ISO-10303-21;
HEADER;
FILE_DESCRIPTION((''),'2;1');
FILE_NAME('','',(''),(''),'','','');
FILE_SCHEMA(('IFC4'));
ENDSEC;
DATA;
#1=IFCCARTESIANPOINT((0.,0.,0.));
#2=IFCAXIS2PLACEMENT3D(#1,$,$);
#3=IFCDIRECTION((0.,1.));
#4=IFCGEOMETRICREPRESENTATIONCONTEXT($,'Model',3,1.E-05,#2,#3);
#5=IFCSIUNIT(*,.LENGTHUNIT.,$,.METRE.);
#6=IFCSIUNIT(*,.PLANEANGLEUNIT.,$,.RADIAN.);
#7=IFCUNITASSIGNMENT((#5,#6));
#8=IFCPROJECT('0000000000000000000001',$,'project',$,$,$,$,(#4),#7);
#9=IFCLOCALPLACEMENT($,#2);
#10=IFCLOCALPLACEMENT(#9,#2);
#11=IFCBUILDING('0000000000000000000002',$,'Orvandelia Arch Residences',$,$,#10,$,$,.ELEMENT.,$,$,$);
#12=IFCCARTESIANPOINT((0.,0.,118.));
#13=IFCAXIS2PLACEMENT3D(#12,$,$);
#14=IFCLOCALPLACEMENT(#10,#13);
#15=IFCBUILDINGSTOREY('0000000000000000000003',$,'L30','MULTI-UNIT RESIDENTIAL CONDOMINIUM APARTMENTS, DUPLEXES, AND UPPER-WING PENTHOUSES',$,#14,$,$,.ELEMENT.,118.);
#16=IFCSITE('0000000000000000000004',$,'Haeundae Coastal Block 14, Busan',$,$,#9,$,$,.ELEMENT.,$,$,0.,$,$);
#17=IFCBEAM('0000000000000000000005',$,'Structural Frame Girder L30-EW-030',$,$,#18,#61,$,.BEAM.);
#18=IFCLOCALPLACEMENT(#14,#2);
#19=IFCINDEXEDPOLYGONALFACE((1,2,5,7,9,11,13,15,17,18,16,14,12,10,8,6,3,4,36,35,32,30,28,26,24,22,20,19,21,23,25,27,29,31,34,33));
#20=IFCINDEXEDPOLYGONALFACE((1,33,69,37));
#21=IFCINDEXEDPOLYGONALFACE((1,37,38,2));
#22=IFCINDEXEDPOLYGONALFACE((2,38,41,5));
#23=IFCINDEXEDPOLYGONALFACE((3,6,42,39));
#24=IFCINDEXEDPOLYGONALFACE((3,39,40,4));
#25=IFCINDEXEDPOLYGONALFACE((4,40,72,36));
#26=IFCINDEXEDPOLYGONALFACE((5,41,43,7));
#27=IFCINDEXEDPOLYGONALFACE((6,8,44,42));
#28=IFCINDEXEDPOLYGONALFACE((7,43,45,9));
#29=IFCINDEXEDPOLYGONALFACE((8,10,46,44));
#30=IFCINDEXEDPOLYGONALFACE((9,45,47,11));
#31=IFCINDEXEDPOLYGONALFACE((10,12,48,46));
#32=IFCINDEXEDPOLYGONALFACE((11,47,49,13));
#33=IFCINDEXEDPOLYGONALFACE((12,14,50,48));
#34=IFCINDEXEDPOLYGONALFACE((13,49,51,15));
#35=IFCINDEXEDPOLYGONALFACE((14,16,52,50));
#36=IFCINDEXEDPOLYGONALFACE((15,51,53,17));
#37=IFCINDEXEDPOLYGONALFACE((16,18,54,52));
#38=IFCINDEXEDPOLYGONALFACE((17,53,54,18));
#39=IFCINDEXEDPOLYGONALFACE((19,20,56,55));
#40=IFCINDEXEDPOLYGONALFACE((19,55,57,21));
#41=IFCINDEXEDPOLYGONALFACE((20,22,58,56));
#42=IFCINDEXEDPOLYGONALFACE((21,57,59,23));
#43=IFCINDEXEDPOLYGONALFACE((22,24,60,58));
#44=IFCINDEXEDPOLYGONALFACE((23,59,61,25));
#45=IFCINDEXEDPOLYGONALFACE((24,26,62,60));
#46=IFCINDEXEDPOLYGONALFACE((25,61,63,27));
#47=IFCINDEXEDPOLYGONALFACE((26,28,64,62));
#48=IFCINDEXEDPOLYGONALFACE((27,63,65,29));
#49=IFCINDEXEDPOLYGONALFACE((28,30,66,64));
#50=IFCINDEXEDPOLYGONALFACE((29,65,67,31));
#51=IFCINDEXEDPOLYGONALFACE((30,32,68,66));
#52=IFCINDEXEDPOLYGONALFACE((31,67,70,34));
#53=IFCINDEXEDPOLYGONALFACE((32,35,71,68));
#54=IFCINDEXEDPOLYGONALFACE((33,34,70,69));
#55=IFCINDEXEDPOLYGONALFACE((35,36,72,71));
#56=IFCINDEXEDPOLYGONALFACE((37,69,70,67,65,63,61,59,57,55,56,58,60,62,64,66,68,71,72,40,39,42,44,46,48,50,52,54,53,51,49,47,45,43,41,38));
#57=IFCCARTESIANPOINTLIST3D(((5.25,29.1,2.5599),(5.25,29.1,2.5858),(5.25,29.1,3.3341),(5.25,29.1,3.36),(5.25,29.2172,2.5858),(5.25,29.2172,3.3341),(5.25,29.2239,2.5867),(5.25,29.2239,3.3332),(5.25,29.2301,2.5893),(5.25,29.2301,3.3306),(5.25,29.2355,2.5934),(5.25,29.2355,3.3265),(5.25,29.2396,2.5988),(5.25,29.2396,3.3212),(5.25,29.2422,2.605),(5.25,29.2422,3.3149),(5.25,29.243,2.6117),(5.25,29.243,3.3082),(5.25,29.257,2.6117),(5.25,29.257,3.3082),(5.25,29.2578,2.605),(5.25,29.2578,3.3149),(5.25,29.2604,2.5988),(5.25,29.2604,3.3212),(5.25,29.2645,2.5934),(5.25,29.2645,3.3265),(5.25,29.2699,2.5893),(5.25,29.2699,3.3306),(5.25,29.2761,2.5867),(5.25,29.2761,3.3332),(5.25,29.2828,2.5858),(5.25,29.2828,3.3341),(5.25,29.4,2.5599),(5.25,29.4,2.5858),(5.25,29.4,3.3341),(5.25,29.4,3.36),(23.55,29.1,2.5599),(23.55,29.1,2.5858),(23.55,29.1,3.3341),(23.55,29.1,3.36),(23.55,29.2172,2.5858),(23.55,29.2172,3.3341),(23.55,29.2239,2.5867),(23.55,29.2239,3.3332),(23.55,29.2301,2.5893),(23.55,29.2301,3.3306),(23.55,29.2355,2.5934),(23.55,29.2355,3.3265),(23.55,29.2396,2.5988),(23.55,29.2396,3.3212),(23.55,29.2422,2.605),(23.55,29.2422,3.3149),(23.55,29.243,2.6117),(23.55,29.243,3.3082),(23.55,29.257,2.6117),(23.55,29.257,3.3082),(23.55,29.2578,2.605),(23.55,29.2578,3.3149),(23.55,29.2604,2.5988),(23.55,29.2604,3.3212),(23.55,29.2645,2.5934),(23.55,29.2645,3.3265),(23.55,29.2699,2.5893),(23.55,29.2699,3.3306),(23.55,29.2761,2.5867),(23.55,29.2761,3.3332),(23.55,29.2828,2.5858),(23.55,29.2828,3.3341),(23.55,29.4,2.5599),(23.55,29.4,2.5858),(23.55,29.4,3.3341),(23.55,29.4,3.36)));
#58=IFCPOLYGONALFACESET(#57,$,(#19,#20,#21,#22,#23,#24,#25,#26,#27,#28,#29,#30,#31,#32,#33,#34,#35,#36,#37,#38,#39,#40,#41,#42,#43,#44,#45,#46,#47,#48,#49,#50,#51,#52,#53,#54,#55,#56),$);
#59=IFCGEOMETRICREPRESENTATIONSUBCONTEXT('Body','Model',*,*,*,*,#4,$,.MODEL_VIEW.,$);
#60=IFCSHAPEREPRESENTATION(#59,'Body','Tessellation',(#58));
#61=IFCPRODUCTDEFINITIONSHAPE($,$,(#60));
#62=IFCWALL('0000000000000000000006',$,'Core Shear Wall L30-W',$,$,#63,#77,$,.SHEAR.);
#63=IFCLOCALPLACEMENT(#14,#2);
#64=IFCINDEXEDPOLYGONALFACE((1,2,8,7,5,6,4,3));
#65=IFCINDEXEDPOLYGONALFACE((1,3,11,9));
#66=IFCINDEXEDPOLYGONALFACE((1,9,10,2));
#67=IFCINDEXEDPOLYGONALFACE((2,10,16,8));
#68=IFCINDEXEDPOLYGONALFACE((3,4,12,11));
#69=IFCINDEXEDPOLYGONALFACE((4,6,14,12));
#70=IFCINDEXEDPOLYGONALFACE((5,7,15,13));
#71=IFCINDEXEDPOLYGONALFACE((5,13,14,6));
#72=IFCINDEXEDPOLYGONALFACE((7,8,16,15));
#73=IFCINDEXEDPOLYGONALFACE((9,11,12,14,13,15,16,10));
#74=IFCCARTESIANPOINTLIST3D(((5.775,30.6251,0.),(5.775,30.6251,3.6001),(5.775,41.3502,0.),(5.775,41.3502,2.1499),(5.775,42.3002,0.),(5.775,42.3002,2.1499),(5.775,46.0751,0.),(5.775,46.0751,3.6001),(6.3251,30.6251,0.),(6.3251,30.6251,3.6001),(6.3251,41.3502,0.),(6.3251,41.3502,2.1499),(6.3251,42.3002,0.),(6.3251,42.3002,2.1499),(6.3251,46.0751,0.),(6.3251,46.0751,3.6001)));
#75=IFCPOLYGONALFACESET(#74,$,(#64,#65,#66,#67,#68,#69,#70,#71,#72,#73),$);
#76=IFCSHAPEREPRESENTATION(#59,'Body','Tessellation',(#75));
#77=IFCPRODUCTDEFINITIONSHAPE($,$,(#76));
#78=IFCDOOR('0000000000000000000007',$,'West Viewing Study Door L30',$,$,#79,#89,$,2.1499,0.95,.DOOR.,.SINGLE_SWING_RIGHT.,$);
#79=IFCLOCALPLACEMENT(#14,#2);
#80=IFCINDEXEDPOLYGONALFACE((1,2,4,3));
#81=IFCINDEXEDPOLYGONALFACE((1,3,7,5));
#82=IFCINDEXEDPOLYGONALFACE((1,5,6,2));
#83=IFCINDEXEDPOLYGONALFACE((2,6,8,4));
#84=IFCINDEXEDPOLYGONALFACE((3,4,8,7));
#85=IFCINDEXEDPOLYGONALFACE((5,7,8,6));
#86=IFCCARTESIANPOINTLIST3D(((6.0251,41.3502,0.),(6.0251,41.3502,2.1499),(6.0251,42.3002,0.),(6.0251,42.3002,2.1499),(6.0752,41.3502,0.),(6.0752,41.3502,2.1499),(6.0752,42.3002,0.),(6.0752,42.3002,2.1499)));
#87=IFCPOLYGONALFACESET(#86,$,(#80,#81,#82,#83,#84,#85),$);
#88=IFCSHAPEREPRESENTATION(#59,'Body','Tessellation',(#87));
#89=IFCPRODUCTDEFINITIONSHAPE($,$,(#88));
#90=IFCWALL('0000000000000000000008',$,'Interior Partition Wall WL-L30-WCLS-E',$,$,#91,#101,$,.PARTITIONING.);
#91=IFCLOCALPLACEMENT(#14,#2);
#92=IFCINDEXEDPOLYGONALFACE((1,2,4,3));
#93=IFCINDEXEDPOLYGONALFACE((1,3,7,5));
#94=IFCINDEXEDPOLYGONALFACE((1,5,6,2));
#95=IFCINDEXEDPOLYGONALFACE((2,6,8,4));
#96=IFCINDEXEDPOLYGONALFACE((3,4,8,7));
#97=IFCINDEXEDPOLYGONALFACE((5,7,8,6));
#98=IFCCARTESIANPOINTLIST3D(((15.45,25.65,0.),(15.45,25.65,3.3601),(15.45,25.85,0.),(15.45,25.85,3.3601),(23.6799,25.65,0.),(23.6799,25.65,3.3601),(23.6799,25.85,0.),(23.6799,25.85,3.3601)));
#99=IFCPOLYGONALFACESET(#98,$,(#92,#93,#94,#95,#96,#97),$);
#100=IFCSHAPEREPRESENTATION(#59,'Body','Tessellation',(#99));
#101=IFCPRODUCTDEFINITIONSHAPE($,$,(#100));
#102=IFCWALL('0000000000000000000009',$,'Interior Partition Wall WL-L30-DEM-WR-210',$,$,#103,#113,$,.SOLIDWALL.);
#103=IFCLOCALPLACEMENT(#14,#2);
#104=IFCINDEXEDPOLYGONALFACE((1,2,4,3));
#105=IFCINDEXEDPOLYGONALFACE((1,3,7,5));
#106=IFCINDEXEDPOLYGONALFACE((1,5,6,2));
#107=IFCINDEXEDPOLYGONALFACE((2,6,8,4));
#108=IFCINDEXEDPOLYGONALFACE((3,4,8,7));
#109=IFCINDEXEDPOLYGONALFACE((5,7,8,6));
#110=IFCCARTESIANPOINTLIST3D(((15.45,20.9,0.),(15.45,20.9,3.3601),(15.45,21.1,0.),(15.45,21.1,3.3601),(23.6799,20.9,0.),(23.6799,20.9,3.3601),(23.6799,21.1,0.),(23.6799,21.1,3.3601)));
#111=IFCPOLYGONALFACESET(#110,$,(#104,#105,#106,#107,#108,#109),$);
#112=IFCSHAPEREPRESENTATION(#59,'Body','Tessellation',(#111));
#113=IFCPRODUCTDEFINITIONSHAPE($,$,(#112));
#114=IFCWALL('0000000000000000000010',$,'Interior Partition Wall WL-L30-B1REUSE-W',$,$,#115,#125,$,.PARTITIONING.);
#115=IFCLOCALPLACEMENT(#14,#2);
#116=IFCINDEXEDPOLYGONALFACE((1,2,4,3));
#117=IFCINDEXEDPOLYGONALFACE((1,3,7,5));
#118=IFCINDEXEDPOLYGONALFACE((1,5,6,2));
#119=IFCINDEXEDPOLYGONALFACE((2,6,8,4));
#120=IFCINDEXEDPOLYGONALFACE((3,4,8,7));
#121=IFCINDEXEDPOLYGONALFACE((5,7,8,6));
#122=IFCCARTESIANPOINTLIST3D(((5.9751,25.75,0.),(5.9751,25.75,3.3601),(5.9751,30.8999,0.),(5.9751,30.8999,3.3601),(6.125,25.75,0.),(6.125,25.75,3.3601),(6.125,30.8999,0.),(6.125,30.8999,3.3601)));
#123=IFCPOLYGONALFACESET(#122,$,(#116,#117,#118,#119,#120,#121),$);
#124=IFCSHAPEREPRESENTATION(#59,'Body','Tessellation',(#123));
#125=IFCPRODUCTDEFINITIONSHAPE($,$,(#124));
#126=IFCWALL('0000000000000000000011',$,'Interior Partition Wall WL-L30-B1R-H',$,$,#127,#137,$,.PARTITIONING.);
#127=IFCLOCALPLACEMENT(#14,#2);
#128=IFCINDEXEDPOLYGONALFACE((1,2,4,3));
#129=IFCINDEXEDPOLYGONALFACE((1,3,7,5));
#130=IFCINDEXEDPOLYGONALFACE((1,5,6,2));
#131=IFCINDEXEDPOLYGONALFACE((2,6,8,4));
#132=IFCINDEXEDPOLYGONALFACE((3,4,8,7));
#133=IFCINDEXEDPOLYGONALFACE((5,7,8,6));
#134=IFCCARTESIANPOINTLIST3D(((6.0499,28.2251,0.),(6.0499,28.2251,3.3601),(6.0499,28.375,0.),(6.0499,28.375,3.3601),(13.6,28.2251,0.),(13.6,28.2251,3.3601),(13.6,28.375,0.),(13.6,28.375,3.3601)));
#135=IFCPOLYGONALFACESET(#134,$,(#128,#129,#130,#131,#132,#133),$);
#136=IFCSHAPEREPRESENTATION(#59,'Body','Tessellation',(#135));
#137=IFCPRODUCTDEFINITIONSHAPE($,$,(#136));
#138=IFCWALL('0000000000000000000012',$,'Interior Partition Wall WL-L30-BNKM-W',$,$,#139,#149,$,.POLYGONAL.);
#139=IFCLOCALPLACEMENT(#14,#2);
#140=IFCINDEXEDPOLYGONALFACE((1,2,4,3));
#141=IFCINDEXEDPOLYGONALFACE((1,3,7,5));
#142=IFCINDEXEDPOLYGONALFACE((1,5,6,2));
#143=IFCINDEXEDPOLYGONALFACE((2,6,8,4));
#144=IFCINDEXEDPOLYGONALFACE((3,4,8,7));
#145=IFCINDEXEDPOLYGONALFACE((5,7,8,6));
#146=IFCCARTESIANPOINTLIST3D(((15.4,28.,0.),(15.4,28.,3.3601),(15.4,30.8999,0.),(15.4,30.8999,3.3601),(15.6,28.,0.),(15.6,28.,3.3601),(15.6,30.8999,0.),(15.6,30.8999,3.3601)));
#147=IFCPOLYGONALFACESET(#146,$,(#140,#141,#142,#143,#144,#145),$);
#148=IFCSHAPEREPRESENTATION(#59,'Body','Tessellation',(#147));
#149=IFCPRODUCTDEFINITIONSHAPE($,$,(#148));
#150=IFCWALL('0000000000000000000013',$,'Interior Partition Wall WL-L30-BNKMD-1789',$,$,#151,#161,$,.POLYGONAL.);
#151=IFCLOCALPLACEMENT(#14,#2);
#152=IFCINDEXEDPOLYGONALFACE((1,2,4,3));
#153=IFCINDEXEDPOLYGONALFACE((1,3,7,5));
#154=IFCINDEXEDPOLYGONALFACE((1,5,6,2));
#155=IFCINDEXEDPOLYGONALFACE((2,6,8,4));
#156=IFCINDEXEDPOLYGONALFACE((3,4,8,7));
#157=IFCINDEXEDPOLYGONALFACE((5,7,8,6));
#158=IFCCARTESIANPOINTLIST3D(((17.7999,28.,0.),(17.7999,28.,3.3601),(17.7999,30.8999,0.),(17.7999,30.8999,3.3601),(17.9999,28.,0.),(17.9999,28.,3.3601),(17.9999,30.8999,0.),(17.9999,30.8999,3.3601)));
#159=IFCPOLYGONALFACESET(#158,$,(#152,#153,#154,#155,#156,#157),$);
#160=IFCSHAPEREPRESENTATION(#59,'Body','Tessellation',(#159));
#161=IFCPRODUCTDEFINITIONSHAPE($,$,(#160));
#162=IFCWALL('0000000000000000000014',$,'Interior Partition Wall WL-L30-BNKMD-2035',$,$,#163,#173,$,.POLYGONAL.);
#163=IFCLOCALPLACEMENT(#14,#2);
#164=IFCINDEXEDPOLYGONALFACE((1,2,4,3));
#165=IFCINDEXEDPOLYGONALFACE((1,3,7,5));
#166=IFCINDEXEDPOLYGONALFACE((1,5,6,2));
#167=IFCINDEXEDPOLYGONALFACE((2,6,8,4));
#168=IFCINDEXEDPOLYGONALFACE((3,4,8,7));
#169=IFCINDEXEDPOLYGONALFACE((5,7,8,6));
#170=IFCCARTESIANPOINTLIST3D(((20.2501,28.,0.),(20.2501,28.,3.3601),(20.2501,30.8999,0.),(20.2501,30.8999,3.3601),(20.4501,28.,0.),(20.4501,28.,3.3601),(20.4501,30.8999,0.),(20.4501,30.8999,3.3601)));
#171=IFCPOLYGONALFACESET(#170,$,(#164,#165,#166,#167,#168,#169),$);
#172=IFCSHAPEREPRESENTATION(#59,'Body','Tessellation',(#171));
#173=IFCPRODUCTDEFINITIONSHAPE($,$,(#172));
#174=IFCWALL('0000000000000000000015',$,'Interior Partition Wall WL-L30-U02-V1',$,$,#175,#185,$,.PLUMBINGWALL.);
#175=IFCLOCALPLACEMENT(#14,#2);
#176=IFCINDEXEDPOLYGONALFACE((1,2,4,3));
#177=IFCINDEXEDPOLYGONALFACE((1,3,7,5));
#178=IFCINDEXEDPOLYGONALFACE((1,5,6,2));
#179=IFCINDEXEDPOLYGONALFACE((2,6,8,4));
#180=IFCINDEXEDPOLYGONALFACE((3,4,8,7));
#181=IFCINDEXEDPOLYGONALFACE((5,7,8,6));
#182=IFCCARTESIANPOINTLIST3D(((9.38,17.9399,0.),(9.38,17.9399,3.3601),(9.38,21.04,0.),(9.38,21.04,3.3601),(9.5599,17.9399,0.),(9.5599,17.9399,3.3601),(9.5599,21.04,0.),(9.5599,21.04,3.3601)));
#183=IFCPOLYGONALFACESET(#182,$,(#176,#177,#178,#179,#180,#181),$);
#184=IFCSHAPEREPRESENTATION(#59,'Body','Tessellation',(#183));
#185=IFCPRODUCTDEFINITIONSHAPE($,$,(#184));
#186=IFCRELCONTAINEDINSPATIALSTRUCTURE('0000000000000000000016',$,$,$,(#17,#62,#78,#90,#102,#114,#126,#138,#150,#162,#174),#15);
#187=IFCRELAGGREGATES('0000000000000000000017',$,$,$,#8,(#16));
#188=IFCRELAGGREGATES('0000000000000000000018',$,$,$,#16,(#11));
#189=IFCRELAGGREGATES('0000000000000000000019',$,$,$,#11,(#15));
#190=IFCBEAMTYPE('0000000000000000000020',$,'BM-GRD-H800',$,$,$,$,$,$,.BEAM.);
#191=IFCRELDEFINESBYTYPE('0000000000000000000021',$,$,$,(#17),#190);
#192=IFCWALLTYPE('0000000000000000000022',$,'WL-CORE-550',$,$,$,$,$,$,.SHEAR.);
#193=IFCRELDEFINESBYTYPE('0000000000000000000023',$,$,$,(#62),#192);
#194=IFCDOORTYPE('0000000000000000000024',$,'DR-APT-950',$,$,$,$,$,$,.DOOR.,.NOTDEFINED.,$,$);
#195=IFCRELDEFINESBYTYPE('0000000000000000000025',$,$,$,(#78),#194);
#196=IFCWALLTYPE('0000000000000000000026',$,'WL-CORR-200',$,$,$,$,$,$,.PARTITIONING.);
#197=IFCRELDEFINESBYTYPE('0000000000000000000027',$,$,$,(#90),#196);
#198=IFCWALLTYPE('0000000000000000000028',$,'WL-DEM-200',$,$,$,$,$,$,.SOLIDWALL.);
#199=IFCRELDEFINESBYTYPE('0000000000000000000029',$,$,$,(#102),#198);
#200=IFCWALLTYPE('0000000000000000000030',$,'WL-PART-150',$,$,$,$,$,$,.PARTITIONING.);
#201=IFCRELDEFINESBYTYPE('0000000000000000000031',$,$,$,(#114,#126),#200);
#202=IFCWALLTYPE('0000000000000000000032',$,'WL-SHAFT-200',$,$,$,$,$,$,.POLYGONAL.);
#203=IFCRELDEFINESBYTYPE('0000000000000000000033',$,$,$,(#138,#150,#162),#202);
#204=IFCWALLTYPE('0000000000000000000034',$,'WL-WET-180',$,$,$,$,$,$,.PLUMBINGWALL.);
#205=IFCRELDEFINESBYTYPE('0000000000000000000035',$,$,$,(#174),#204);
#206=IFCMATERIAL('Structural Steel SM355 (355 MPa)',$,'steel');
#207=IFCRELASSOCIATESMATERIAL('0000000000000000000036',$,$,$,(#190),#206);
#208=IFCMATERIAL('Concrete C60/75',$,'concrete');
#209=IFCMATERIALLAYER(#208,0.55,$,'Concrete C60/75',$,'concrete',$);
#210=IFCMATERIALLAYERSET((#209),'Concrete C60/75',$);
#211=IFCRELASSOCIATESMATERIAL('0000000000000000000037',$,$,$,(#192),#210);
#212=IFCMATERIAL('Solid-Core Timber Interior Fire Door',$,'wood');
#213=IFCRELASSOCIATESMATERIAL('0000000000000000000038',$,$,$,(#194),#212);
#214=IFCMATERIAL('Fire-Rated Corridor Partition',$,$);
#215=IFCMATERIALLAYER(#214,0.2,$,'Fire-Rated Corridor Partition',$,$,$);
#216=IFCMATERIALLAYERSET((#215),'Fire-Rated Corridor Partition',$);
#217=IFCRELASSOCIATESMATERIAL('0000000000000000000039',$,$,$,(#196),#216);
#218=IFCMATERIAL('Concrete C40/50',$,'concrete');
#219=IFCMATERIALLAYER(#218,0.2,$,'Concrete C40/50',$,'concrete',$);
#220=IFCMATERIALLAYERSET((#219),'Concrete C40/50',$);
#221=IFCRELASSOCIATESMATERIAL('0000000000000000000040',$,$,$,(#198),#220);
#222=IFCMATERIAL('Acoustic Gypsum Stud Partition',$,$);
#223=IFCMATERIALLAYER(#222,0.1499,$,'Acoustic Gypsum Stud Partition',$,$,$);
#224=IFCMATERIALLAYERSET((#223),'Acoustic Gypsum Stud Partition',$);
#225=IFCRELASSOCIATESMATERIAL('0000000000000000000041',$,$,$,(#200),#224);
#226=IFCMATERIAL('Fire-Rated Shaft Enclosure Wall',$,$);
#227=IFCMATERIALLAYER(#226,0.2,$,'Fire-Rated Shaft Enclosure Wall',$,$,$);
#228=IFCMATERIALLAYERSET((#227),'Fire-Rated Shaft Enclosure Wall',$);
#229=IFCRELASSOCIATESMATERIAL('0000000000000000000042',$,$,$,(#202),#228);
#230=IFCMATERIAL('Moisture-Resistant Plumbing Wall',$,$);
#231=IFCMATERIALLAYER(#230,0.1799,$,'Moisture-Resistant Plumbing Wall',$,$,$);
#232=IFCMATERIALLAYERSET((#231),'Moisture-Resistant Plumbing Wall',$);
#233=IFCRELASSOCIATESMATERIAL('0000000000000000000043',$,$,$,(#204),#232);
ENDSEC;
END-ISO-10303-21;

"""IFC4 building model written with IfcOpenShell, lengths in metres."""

from ifc_helpers import new_model, si_unit, direction, frame, frame_2d, origin, origin_2d, place, context, subcontext, project, spatial, rectangle, i_section, extrude, material, layer, layer_set, material_profile, profile_set, type_object, element, fill, save


model = new_model("IFC4")

# Units and contexts
model_context = context("Model", 3, precision=1e-05, world=origin(), true_north=direction((0.0, 1.0)))
body_context = subcontext(model_context, "Body", "Model", "MODEL_VIEW")
ifc_project = project(units=[si_unit("LENGTHUNIT", "METRE"), si_unit("PLANEANGLEUNIT", "RADIAN")], contexts=[model_context])

# Site, building, storey
site_placement = place(None, origin())
site = spatial("IfcSite", under=ifc_project, at=site_placement, Name="Haeundae Coastal Block 14, Busan", CompositionType="ELEMENT", RefElevation=0.0)
building_placement = place(site_placement, origin())
building = spatial("IfcBuilding", under=site, at=building_placement, Name="Orvandelia Arch Residences", CompositionType="ELEMENT")
storey_placement = place(building_placement, frame((0.0, 0.0, 118.0)))
storey = spatial("IfcBuildingStorey", under=building, at=storey_placement, Name="L30", Description="MULTI-UNIT RESIDENTIAL CONDOMINIUM APARTMENTS, DUPLEXES, AND UPPER-WING PENTHOUSES", CompositionType="ELEMENT", Elevation=118.0)

# Beam
ifc_material_1 = material(Name="Structural Steel SM355 (355 MPa)", Category="steel")
ifc_material_profile = material_profile(ifc_material_1, i_section(OverallWidth=0.3, OverallDepth=0.8, WebThickness=0.0139, FlangeThickness=0.0259, FilletRadius=0.0259, at=origin_2d()), Name="Structural Steel SM355 (355 MPa)", Category="steel")
ifc_profile_set = profile_set([ifc_material_profile], Name="Structural Steel SM355 (355 MPa)")
beam_type = type_object("IfcBeamType", Name="BM-GRD-H800", PredefinedType="BEAM", material=ifc_profile_set)
beam_placement = place(storey_placement, frame((5.25, 29.25, 2.96), z_axis=(1.0, 0.0, 0.0), x_axis=(0.0, 1.0, 0.0)))
element("IfcBeam", 1, at=beam_placement, inside=storey, type_object=beam_type, Name="Structural Frame Girder L30-EW-030", PredefinedType="BEAM", context=body_context, shape_type="SweptSolid", body=[
    extrude(i_section(OverallWidth=0.3, OverallDepth=0.8, WebThickness=0.0139, FlangeThickness=0.0259, FilletRadius=0.0259, at=origin_2d()), origin(), (0.0, 0.0, 1.0), 18.3),
])

# Wall, opening, door
ifc_material_2 = material(Name="Concrete C60/75", Category="concrete")
ifc_layer_1 = layer(ifc_material_2, 0.55, Name="Concrete C60/75", Category="concrete")
ifc_layer_set_1 = layer_set([ifc_layer_1], Name="Concrete C60/75")
wall_type_1 = type_object("IfcWallType", Name="WL-CORE-550", PredefinedType="SHEAR", material=ifc_layer_set_1)
wall_1_placement = place(storey_placement, frame((6.05, 30.625, 0.0), z_axis=(0.0, 0.0, 1.0), x_axis=(0.0, 1.0, 0.0)))
wall_1 = element("IfcWall", 2, at=wall_1_placement, inside=storey, type_object=wall_type_1, Name="Core Shear Wall L30-W", PredefinedType="SHEAR", context=body_context, shape_type="SweptSolid", body=[
    extrude(rectangle(XDim=15.45, YDim=0.55, at=frame_2d((7.7251, 0.0))), origin(), (0.0, 0.0, 1.0), 3.6001),
])
opening_1_placement = place(wall_1_placement, frame((10.7251, 0.0, 0.0)))
opening_1 = element("IfcOpeningElement", 3, at=opening_1_placement, cuts=wall_1, PredefinedType="OPENING", context=body_context, shape_type="SweptSolid", body=[
    extrude(rectangle(XDim=0.95, YDim=2.1499, at=frame_2d((0.4751, 1.075))), frame((0.0, 0.2852, 0.0), z_axis=(0.0, -1.0, 0.0), x_axis=(1.0, 0.0, 0.0)), (0.0, 0.0, 1.0), 0.5701),
])
ifc_material_3 = material(Name="Solid-Core Timber Interior Fire Door", Category="wood")
door_type_1 = type_object("IfcDoorType", Name="DR-APT-950", OperationType="NOTDEFINED", PredefinedType="DOOR", material=ifc_material_3)
door_1_placement = place(opening_1_placement, origin())
door_1 = element("IfcDoor", 4, at=door_1_placement, inside=storey, type_object=door_type_1, Name="West Viewing Study Door L30", OperationType="SINGLE_SWING_RIGHT", OverallHeight=2.1499, OverallWidth=0.95, PredefinedType="DOOR", context=body_context, shape_type="SweptSolid", body=[
    extrude(rectangle(XDim=0.95, YDim=2.1499, at=frame_2d((0.4751, 1.075))), frame((0.0, 0.0249, 0.0), z_axis=(0.0, -1.0, 0.0), x_axis=(1.0, 0.0, 0.0)), (0.0, 0.0, 1.0), 0.05),
])
fill(opening_1, door_1)

# Walls
ifc_material_4 = material(Name="Fire-Rated Corridor Partition")
ifc_layer_2 = layer(ifc_material_4, 0.2, Name="Fire-Rated Corridor Partition")
ifc_layer_set_2 = layer_set([ifc_layer_2], Name="Fire-Rated Corridor Partition")
wall_type_2 = type_object("IfcWallType", Name="WL-CORR-200", PredefinedType="PARTITIONING", material=ifc_layer_set_2)
wall_2_placement = place(storey_placement, frame((15.45, 25.75, 0.0), z_axis=(0.0, 0.0, 1.0), x_axis=(1.0, 0.0, 0.0)))
element("IfcWall", 5, at=wall_2_placement, inside=storey, type_object=wall_type_2, Name="Interior Partition Wall WL-L30-WCLS-E", PredefinedType="PARTITIONING", context=body_context, shape_type="SweptSolid", body=[
    extrude(rectangle(XDim=8.23, YDim=0.2, at=frame_2d((4.115, 0.0))), origin(), (0.0, 0.0, 1.0), 3.3601),
])
ifc_material_5 = material(Name="Concrete C40/50", Category="concrete")
ifc_layer_3 = layer(ifc_material_5, 0.2, Name="Concrete C40/50", Category="concrete")
ifc_layer_set_3 = layer_set([ifc_layer_3], Name="Concrete C40/50")
wall_type_3 = type_object("IfcWallType", Name="WL-DEM-200", PredefinedType="SOLIDWALL", material=ifc_layer_set_3)
wall_3_placement = place(storey_placement, frame((15.45, 21.0, 0.0), z_axis=(0.0, 0.0, 1.0), x_axis=(1.0, 0.0, 0.0)))
element("IfcWall", 6, at=wall_3_placement, inside=storey, type_object=wall_type_3, Name="Interior Partition Wall WL-L30-DEM-WR-210", PredefinedType="SOLIDWALL", context=body_context, shape_type="SweptSolid", body=[
    extrude(rectangle(XDim=8.23, YDim=0.2, at=frame_2d((4.115, 0.0))), origin(), (0.0, 0.0, 1.0), 3.3601),
])
ifc_material_6 = material(Name="Acoustic Gypsum Stud Partition")
ifc_layer_4 = layer(ifc_material_6, 0.1499, Name="Acoustic Gypsum Stud Partition")
ifc_layer_set_4 = layer_set([ifc_layer_4], Name="Acoustic Gypsum Stud Partition")
wall_type_4 = type_object("IfcWallType", Name="WL-PART-150", PredefinedType="PARTITIONING", material=ifc_layer_set_4)
wall_4_placement = place(storey_placement, frame((6.05, 25.75, 0.0), z_axis=(0.0, 0.0, 1.0), x_axis=(0.0, 1.0, 0.0)))
element("IfcWall", 7, at=wall_4_placement, inside=storey, type_object=wall_type_4, Name="Interior Partition Wall WL-L30-B1REUSE-W", PredefinedType="PARTITIONING", context=body_context, shape_type="SweptSolid", body=[
    extrude(rectangle(XDim=5.1499, YDim=0.1499, at=frame_2d((2.575, 0.0))), origin(), (0.0, 0.0, 1.0), 3.3601),
])
wall_5_placement = place(storey_placement, frame((6.05, 28.3, 0.0), z_axis=(0.0, 0.0, 1.0), x_axis=(1.0, 0.0, 0.0)))
element("IfcWall", 8, at=wall_5_placement, inside=storey, type_object=wall_type_4, Name="Interior Partition Wall WL-L30-B1R-H", PredefinedType="PARTITIONING", context=body_context, shape_type="SweptSolid", body=[
    extrude(rectangle(XDim=7.55, YDim=0.1499, at=frame_2d((3.7749, 0.0))), origin(), (0.0, 0.0, 1.0), 3.3601),
])

# Shared definitions
ifc_material_7 = material(Name="Fire-Rated Shaft Enclosure Wall")
ifc_layer_5 = layer(ifc_material_7, 0.2, Name="Fire-Rated Shaft Enclosure Wall")
ifc_layer_set_5 = layer_set([ifc_layer_5], Name="Fire-Rated Shaft Enclosure Wall")
wall_type_5 = type_object("IfcWallType", Name="WL-SHAFT-200", PredefinedType="POLYGONAL", material=ifc_layer_set_5)

# Walls
for number, where, z_axis, x_axis, name in (
    (9, (15.5, 28.0, 0.0), (0.0, 0.0, 1.0), (0.0, 1.0, 0.0), "Interior Partition Wall WL-L30-BNKM-W"),
    (10, (17.8999, 28.0, 0.0), (0.0, 0.0, 1.0), (0.0, 1.0, 0.0), "Interior Partition Wall WL-L30-BNKMD-1789"),
    (11, (20.3501, 28.0, 0.0), (0.0, 0.0, 1.0), (0.0, 1.0, 0.0), "Interior Partition Wall WL-L30-BNKMD-2035"),
):
    element("IfcWall", number, at=place(storey_placement, frame(where, z_axis=z_axis, x_axis=x_axis)), inside=storey, type_object=wall_type_5, Name=name, PredefinedType="POLYGONAL", context=body_context, shape_type="SweptSolid", body=[
        extrude(rectangle(XDim=2.8999, YDim=0.2, at=frame_2d((1.45, 0.0))), origin(), (0.0, 0.0, 1.0), 3.3601),
    ])
ifc_material_8 = material(Name="Moisture-Resistant Plumbing Wall")
ifc_layer_6 = layer(ifc_material_8, 0.1799, Name="Moisture-Resistant Plumbing Wall")
ifc_layer_set_6 = layer_set([ifc_layer_6], Name="Moisture-Resistant Plumbing Wall")
wall_type_6 = type_object("IfcWallType", Name="WL-WET-180", PredefinedType="PLUMBINGWALL", material=ifc_layer_set_6)
wall_6_placement = place(storey_placement, frame((9.47, 17.9399, 0.0), z_axis=(0.0, 0.0, 1.0), x_axis=(0.0, 1.0, 0.0)))
element("IfcWall", 12, at=wall_6_placement, inside=storey, type_object=wall_type_6, Name="Interior Partition Wall WL-L30-U02-V1", PredefinedType="PLUMBINGWALL", context=body_context, shape_type="SweptSolid", body=[
    extrude(rectangle(XDim=3.1001, YDim=0.1799, at=frame_2d((1.55, 0.0))), origin(), (0.0, 0.0, 1.0), 3.3601),
])

save(model, "model.ifc")
